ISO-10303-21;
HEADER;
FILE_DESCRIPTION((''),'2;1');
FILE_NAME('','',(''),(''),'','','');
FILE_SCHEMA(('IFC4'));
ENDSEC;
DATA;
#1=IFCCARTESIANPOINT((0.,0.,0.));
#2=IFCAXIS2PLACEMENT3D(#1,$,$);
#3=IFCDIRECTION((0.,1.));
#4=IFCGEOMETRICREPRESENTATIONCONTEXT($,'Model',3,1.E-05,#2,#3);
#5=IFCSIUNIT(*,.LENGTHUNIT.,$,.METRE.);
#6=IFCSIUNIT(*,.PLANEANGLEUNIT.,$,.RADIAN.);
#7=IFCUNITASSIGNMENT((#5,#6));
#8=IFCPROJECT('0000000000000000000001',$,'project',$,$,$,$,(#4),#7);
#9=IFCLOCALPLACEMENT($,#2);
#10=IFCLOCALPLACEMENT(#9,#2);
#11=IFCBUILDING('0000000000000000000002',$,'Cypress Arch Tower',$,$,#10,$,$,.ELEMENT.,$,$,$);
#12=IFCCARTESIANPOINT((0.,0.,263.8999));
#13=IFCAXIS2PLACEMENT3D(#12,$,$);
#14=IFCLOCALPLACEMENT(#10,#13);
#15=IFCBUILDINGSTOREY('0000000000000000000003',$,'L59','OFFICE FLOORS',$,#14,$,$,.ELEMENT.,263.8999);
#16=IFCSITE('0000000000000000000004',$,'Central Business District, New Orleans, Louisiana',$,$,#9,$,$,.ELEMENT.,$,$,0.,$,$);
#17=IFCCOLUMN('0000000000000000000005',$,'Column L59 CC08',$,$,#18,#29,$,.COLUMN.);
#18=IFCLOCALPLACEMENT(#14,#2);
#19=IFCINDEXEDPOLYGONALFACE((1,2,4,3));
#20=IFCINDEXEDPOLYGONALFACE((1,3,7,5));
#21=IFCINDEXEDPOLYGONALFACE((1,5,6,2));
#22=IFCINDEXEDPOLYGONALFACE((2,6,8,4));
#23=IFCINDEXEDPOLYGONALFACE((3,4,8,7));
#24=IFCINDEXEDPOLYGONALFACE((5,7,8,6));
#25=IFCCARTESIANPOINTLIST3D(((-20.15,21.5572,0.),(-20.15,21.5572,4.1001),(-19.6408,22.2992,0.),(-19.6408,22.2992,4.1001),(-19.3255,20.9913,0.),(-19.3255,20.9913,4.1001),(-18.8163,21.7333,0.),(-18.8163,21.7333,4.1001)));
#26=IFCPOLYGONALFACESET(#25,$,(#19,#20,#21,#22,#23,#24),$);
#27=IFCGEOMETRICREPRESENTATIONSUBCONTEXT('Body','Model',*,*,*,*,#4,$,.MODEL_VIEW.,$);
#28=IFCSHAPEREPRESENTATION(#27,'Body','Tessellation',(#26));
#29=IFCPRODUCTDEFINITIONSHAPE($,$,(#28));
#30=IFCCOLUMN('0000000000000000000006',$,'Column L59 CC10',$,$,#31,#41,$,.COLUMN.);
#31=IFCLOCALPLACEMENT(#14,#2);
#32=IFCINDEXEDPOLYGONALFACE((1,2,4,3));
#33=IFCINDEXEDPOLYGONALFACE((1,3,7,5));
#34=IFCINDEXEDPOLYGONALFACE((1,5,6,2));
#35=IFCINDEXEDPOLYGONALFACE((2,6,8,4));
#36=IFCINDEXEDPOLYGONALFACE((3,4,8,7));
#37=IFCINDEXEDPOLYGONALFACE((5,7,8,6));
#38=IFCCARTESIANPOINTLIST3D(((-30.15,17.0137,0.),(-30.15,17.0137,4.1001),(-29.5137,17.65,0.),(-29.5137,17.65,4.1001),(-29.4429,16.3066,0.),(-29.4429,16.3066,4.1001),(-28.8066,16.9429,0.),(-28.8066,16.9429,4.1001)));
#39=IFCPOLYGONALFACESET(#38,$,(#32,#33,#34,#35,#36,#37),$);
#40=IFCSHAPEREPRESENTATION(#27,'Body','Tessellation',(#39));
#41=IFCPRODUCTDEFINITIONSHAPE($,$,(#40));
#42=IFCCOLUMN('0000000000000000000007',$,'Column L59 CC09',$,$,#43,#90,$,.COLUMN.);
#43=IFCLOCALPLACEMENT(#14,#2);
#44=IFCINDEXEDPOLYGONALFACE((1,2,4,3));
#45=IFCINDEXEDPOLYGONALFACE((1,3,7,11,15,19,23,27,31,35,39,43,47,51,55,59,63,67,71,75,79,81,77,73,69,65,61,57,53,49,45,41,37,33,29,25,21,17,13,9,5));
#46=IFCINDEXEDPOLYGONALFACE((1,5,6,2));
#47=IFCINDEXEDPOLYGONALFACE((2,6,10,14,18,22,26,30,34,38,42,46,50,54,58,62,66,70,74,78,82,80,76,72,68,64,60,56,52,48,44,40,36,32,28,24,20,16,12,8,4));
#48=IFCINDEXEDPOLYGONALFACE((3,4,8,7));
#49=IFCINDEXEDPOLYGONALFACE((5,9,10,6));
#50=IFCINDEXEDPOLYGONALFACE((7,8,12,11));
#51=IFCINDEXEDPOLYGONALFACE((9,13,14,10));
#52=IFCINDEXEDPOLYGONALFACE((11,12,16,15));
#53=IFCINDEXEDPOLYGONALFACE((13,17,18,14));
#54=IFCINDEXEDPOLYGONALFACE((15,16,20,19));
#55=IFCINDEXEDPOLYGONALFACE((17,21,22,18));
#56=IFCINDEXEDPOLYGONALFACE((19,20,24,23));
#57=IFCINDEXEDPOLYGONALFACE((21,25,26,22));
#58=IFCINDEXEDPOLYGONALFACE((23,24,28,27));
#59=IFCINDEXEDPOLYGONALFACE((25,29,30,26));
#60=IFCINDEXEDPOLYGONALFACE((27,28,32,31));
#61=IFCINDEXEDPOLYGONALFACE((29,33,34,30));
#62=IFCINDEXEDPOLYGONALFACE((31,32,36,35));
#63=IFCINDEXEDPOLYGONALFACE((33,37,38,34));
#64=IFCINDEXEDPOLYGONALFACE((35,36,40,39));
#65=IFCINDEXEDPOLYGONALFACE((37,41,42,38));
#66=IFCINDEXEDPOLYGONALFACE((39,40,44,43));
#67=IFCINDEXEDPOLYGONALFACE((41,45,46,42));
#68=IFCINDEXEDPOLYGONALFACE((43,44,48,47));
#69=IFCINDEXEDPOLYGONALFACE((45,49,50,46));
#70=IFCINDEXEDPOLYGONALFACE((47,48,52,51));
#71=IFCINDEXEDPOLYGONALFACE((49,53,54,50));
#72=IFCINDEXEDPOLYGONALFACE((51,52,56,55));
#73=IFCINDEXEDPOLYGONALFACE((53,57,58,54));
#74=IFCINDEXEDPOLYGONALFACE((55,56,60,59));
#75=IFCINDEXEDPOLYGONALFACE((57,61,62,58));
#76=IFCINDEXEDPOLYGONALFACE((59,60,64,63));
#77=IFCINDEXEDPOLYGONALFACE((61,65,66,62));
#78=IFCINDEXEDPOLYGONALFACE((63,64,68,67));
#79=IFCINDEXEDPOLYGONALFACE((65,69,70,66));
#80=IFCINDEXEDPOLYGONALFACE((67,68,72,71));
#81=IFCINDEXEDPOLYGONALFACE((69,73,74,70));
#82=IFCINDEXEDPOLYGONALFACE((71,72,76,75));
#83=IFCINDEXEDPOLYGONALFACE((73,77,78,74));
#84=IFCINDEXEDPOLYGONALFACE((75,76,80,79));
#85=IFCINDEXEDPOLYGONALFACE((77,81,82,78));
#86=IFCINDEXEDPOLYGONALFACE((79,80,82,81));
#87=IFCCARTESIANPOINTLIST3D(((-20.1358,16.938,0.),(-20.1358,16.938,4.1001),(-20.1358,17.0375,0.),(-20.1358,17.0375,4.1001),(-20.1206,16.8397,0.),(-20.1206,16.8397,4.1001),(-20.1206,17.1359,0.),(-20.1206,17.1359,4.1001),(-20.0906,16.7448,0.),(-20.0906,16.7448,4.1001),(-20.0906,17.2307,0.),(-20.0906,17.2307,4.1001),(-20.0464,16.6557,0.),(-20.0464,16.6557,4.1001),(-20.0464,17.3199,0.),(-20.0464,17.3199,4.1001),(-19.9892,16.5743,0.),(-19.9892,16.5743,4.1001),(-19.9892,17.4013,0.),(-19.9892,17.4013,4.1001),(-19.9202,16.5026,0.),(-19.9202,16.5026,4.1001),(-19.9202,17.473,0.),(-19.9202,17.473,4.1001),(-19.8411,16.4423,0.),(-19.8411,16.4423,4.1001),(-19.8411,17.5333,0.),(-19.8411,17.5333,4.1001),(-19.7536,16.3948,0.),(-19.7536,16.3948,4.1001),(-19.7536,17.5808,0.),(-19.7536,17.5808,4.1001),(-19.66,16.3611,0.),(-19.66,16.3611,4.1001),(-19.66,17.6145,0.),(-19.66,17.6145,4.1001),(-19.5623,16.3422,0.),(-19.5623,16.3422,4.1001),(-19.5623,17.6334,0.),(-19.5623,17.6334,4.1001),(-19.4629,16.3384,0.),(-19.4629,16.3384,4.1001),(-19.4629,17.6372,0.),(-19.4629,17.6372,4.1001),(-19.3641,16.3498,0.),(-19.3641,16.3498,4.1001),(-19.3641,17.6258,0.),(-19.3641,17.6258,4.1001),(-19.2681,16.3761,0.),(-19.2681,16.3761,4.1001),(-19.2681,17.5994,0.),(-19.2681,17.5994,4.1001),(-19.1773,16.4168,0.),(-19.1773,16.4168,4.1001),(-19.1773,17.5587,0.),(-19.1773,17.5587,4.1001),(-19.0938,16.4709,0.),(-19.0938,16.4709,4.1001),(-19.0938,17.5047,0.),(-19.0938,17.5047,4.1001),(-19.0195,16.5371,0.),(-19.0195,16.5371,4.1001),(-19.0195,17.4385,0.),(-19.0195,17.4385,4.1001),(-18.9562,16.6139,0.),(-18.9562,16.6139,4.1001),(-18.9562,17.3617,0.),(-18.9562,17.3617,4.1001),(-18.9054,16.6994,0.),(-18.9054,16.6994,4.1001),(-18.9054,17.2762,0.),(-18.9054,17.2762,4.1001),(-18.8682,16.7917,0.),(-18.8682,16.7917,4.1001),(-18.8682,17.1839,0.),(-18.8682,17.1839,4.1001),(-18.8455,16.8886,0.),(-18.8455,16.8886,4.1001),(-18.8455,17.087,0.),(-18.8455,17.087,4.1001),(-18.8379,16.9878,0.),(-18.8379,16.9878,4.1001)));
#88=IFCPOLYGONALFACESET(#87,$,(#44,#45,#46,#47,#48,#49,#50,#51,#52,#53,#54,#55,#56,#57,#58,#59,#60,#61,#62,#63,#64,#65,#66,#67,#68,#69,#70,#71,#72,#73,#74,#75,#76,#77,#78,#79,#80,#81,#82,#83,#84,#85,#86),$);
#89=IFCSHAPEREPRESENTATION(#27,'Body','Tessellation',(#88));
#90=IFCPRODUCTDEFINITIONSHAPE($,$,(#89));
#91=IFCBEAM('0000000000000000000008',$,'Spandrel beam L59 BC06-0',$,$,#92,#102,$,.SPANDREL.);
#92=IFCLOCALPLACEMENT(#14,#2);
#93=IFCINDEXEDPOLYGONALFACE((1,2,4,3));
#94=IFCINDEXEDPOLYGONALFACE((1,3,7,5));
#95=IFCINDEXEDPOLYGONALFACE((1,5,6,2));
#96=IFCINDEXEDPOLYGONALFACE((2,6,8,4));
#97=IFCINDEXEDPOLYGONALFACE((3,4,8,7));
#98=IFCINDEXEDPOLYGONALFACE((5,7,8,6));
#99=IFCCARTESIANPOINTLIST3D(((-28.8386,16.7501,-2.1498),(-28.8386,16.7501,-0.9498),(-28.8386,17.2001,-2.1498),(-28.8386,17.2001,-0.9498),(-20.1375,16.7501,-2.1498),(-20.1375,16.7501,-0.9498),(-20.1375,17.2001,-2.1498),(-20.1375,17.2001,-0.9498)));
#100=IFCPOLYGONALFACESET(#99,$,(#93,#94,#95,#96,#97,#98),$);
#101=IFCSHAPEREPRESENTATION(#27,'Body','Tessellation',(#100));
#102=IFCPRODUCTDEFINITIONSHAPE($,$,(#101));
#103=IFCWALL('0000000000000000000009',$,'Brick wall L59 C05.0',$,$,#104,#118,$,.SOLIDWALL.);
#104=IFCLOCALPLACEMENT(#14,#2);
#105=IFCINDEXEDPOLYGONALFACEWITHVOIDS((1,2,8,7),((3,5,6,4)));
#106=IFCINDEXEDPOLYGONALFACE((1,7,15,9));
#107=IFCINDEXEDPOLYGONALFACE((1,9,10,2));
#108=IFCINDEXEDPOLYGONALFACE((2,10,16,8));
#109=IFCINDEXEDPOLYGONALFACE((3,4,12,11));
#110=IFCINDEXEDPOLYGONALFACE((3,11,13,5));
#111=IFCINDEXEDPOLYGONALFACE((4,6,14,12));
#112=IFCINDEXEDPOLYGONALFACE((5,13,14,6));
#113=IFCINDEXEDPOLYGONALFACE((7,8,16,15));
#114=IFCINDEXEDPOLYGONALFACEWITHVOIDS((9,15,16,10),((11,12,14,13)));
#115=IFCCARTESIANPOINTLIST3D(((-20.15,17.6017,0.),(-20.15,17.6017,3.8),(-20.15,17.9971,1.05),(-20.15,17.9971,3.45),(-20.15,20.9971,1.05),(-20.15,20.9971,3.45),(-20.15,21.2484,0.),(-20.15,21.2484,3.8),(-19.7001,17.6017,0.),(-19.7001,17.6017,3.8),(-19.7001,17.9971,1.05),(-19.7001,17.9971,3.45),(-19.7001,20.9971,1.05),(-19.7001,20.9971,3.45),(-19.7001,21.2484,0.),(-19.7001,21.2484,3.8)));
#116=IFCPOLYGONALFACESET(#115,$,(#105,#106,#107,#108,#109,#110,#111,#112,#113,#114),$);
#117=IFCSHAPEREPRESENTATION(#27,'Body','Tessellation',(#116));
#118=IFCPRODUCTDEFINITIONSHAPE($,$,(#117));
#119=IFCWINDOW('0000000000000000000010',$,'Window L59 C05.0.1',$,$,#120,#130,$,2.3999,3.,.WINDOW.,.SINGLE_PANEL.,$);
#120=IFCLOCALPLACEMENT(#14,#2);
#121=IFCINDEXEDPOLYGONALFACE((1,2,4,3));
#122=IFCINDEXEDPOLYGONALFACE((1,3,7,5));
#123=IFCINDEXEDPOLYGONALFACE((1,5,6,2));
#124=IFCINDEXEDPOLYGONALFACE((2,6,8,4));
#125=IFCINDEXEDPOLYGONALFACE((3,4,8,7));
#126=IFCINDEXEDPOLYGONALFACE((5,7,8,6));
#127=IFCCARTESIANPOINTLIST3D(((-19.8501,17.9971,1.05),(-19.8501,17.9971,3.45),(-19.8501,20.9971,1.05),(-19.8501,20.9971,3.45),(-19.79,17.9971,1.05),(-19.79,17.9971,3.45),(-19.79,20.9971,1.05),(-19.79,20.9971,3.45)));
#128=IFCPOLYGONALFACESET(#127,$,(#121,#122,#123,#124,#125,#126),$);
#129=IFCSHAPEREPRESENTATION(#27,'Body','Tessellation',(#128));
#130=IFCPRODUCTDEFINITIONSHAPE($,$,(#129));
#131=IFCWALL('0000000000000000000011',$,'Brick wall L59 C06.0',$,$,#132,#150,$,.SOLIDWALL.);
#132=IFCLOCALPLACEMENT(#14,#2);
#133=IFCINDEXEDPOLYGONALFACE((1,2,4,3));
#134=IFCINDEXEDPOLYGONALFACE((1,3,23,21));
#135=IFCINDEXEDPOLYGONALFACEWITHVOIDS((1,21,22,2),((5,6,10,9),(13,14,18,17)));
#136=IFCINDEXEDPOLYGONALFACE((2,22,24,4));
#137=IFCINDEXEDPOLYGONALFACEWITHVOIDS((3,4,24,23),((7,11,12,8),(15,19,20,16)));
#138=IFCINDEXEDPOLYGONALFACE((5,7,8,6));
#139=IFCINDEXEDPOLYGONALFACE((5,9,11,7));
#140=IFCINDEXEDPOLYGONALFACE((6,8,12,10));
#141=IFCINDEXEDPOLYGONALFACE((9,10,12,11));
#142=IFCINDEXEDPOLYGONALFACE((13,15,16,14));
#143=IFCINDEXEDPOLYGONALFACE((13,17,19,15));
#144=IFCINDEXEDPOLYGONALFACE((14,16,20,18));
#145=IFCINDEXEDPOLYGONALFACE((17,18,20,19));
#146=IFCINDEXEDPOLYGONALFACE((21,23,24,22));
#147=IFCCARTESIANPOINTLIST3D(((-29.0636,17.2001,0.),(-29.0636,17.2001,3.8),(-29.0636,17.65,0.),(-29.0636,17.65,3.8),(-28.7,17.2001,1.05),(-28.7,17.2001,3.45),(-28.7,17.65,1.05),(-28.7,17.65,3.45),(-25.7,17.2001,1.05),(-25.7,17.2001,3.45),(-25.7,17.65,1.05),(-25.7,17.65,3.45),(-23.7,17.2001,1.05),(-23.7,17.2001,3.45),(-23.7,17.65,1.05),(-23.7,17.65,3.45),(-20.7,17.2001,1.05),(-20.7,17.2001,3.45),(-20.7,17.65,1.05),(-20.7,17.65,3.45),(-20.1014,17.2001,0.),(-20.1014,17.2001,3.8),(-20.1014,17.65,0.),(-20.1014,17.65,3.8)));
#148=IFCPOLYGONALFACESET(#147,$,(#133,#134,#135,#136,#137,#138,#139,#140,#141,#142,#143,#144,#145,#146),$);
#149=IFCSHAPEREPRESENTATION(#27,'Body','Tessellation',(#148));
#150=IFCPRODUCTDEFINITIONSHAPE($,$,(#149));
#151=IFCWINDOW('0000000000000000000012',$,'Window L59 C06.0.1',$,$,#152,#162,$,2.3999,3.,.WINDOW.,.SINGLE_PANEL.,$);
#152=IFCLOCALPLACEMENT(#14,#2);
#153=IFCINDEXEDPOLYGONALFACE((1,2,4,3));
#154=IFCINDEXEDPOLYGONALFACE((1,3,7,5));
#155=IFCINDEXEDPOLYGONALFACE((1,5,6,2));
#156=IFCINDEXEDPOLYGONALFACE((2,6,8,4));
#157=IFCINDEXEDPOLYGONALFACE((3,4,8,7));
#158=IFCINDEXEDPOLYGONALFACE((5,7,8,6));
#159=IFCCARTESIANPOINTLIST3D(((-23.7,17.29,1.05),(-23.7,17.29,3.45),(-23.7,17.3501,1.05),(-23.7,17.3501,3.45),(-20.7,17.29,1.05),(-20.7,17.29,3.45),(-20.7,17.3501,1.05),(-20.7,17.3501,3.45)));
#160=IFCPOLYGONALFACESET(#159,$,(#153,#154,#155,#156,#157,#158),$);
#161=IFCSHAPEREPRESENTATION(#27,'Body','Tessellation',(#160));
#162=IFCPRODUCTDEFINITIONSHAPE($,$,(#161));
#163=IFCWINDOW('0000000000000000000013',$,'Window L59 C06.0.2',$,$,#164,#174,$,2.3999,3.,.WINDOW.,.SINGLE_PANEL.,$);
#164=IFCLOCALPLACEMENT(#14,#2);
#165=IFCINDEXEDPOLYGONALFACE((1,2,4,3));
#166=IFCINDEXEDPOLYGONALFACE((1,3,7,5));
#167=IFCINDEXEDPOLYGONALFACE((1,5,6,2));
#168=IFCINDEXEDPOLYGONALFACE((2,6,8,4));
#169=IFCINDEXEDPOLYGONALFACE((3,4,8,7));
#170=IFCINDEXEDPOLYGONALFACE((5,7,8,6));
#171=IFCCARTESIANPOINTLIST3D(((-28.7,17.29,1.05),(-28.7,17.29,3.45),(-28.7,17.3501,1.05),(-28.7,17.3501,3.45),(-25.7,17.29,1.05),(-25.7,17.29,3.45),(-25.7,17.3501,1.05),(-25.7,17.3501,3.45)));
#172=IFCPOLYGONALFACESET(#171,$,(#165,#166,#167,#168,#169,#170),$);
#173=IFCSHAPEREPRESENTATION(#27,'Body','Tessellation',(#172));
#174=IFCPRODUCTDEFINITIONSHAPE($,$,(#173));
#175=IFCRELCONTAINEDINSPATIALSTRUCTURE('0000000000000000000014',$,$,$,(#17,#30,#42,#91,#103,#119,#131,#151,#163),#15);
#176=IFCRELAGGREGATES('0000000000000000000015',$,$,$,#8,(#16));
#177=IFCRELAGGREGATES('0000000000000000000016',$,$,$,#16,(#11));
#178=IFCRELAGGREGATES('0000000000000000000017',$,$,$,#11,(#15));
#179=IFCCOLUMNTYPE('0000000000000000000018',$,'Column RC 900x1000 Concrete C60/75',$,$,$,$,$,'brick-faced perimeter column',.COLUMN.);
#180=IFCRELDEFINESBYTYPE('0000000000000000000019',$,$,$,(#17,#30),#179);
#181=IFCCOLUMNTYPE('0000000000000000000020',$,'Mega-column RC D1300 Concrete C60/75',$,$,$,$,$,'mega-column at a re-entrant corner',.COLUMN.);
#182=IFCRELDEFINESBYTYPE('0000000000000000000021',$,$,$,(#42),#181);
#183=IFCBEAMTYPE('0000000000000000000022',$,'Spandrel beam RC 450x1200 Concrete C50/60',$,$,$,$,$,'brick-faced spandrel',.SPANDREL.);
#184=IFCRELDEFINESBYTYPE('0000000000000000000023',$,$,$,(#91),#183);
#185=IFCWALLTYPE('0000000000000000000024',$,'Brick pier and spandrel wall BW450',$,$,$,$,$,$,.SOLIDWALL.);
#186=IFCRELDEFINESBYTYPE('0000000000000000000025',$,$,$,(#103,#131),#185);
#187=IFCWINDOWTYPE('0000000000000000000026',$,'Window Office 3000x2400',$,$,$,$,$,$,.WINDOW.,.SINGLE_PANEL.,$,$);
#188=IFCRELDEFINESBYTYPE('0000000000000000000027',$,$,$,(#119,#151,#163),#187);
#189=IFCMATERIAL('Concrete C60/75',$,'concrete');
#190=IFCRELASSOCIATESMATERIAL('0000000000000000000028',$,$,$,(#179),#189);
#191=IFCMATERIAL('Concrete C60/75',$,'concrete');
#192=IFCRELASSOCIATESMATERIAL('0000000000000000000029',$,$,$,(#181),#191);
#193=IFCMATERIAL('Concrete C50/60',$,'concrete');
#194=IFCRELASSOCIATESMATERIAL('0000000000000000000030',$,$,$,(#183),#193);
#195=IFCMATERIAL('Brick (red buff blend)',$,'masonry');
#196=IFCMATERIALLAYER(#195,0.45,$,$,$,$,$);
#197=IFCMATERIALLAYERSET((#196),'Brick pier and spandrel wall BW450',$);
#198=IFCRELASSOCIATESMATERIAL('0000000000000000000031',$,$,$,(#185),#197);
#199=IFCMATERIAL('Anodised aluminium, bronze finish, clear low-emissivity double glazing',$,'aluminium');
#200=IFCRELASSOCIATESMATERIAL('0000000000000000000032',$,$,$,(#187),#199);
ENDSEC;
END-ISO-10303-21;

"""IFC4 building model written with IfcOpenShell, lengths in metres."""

from ifc_helpers import new_model, si_unit, direction, frame, frame_2d, origin, origin_2d, place, context, subcontext, project, spatial, rectangle, circle, extrude, material, layer, layer_set, material_profile, profile_set, type_object, element, fill, save


model = new_model("IFC4")

# Units and contexts
model_context = context("Model", 3, precision=1e-05, world=origin(), true_north=direction((0.0, 1.0)))
body_context = subcontext(model_context, "Body", "Model", "MODEL_VIEW")
ifc_project = project(units=[si_unit("LENGTHUNIT", "METRE"), si_unit("PLANEANGLEUNIT", "RADIAN")], contexts=[model_context])

# Site, building, storey
site_placement = place(None, origin())
site = spatial("IfcSite", under=ifc_project, at=site_placement, Name="Central Business District, New Orleans, Louisiana", CompositionType="ELEMENT", RefElevation=0.0)
building_placement = place(site_placement, origin())
building = spatial("IfcBuilding", under=site, at=building_placement, Name="Cypress Arch Tower", CompositionType="ELEMENT")
storey_placement = place(building_placement, frame((0.0, 0.0, 263.8999)))
storey = spatial("IfcBuildingStorey", under=building, at=storey_placement, Name="L59", Description="OFFICE FLOORS", CompositionType="ELEMENT", Elevation=263.8999)

# Columns
ifc_material_1 = material(Name="Concrete C60/75", Category="concrete")
ifc_material_profile_1 = material_profile(ifc_material_1, rectangle(XDim=0.8999, YDim=1.0, at=origin_2d()), Name="RC 900x1000")
ifc_profile_set_1 = profile_set([ifc_material_profile_1], Name="Concrete C60/75")
column_type_1 = type_object("IfcColumnType", Name="Column RC 900x1000 Concrete C60/75", ElementType="brick-faced perimeter column", PredefinedType="COLUMN", material=ifc_profile_set_1)
for number, where, z_axis, x_axis, name in (
    (1, (-19.4832, 21.6453, 0.0), (0.0, 0.0, 1.0), (-0.565893, -0.824479, 0.0), "Column L59 CC08"),
    (2, (-29.4783, 16.9783, 0.0), (0.0, 0.0, 1.0), (-0.707107, -0.707107, 0.0), "Column L59 CC10"),
):
    element("IfcColumn", number, at=place(storey_placement, frame(where, z_axis=z_axis, x_axis=x_axis)), inside=storey, type_object=column_type_1, Name=name, PredefinedType="COLUMN", context=body_context, shape_type="SweptSolid", body=[
        extrude(rectangle(XDim=0.8999, YDim=1.0, at=origin_2d()), origin(), (0.0, 0.0, 1.0), 4.1001),
    ])
ifc_material_2 = material(Name="Concrete C60/75", Category="concrete")
ifc_material_profile_2 = material_profile(ifc_material_2, circle(Radius=0.6499, at=origin_2d()), Name="RC D1300")
ifc_profile_set_2 = profile_set([ifc_material_profile_2], Name="Concrete C60/75")
column_type_2 = type_object("IfcColumnType", Name="Mega-column RC D1300 Concrete C60/75", ElementType="mega-column at a re-entrant corner", PredefinedType="COLUMN", material=ifc_profile_set_2)
column_placement = place(storey_placement, frame((-19.4878, 16.9878, 0.0), z_axis=(0.0, 0.0, 1.0), x_axis=(1.0, 0.0, 0.0)))
element("IfcColumn", 3, at=column_placement, inside=storey, type_object=column_type_2, Name="Column L59 CC09", PredefinedType="COLUMN", context=body_context, shape_type="SweptSolid", body=[
    extrude(circle(Radius=0.6499, at=origin_2d()), origin(), (0.0, 0.0, 1.0), 4.1001),
])

# Beam
ifc_material_3 = material(Name="Concrete C50/60", Category="concrete")
ifc_material_profile_3 = material_profile(ifc_material_3, rectangle(XDim=0.45, YDim=1.2, at=origin_2d()), Name="RC 450x1200")
ifc_profile_set_3 = profile_set([ifc_material_profile_3], Name="Concrete C50/60")
beam_type = type_object("IfcBeamType", Name="Spandrel beam RC 450x1200 Concrete C50/60", ElementType="brick-faced spandrel", PredefinedType="SPANDREL", material=ifc_profile_set_3)
beam_placement = place(storey_placement, frame((-20.1375, 16.9751, -1.5498), z_axis=(-1.0, 0.0, 0.0), x_axis=(0.0, -1.0, 0.0)))
element("IfcBeam", 4, at=beam_placement, inside=storey, type_object=beam_type, Name="Spandrel beam L59 BC06-0", PredefinedType="SPANDREL", context=body_context, shape_type="SweptSolid", body=[
    extrude(rectangle(XDim=0.45, YDim=1.2, at=origin_2d()), origin(), (0.0, 0.0, 1.0), 8.7012),
])

# Wall, opening, window
ifc_material_4 = material(Name="Brick (red buff blend)", Category="masonry")
ifc_layer_1 = layer(ifc_material_4, 0.45)
ifc_layer_set_1 = layer_set([ifc_layer_1], Name="Brick pier and spandrel wall BW450")
wall_type_1 = type_object("IfcWallType", Name="Brick pier and spandrel wall BW450", PredefinedType="SOLIDWALL", material=ifc_layer_set_1)
wall_1_placement = place(storey_placement, frame((-19.925, 21.2483, 0.0), z_axis=(0.0, 0.0, 1.0), x_axis=(0.0, -1.0, 0.0)))
wall_1 = element("IfcWall", 5, at=wall_1_placement, inside=storey, type_object=wall_type_1, Name="Brick wall L59 C05.0", PredefinedType="SOLIDWALL", context=body_context, shape_type="SweptSolid", body=[
    extrude(rectangle(XDim=3.6467, YDim=0.45, at=frame_2d((1.8232, 0.0))), origin(), (0.0, 0.0, 1.0), 3.8),
])
opening_1_placement = place(wall_1_placement, frame((0.2512, 0.0, 1.05)))
opening_1 = element("IfcOpeningElement", 6, at=opening_1_placement, cuts=wall_1, PredefinedType="OPENING", context=body_context, shape_type="SweptSolid", body=[
    extrude(rectangle(XDim=3.0, YDim=2.3999, at=frame_2d((1.5, 1.2))), frame((0.0, 0.2349, 0.0), z_axis=(0.0, -1.0, 0.0), x_axis=(1.0, 0.0, 0.0)), (0.0, 0.0, 1.0), 0.47),
])
ifc_material_5 = material(Name="Anodised aluminium, bronze finish, clear low-emissivity double glazing", Category="aluminium")
window_type = type_object("IfcWindowType", Name="Window Office 3000x2400", PartitioningType="SINGLE_PANEL", PredefinedType="WINDOW", material=ifc_material_5)
window_1_placement = place(opening_1_placement, origin())
window_1 = element("IfcWindow", 7, at=window_1_placement, inside=storey, type_object=window_type, Name="Window L59 C05.0.1", OverallHeight=2.3999, OverallWidth=3.0, PartitioningType="SINGLE_PANEL", PredefinedType="WINDOW", context=body_context, shape_type="SweptSolid", body=[
    extrude(rectangle(XDim=3.0, YDim=2.3999, at=frame_2d((1.5, 1.2))), frame((0.0, 0.135, 0.0), z_axis=(0.0, -1.0, 0.0), x_axis=(1.0, 0.0, 0.0)), (0.0, 0.0, 1.0), 0.0601),
])
fill(opening_1, window_1)

# Wall, openings, windows
wall_2_placement = place(storey_placement, frame((-20.1016, 17.425, 0.0), z_axis=(0.0, 0.0, 1.0), x_axis=(-1.0, 0.0, 0.0)))
wall_2 = element("IfcWall", 8, at=wall_2_placement, inside=storey, type_object=wall_type_1, Name="Brick wall L59 C06.0", PredefinedType="SOLIDWALL", context=body_context, shape_type="SweptSolid", body=[
    extrude(rectangle(XDim=8.9622, YDim=0.45, at=frame_2d((4.481, 0.0))), origin(), (0.0, 0.0, 1.0), 3.8),
])
opening_2_placement = place(wall_2_placement, frame((0.5984, 0.0, 1.05)))
opening_2 = element("IfcOpeningElement", 9, at=opening_2_placement, cuts=wall_2, PredefinedType="OPENING", context=body_context, shape_type="SweptSolid", body=[
    extrude(rectangle(XDim=3.0, YDim=2.3999, at=frame_2d((1.5, 1.2))), frame((0.0, 0.2349, 0.0), z_axis=(0.0, -1.0, 0.0), x_axis=(1.0, 0.0, 0.0)), (0.0, 0.0, 1.0), 0.47),
])
opening_3_placement = place(wall_2_placement, frame((5.5984, 0.0, 1.05)))
opening_3 = element("IfcOpeningElement", 10, at=opening_3_placement, cuts=wall_2, PredefinedType="OPENING", context=body_context, shape_type="SweptSolid", body=[
    extrude(rectangle(XDim=3.0, YDim=2.3999, at=frame_2d((1.5, 1.2))), frame((0.0, 0.2349, 0.0), z_axis=(0.0, -1.0, 0.0), x_axis=(1.0, 0.0, 0.0)), (0.0, 0.0, 1.0), 0.47),
])
window_2_placement = place(opening_2_placement, origin())
window_2 = element("IfcWindow", 11, at=window_2_placement, inside=storey, type_object=window_type, Name="Window L59 C06.0.1", OverallHeight=2.3999, OverallWidth=3.0, PartitioningType="SINGLE_PANEL", PredefinedType="WINDOW", context=body_context, shape_type="SweptSolid", body=[
    extrude(rectangle(XDim=3.0, YDim=2.3999, at=frame_2d((1.5, 1.2))), frame((0.0, 0.135, 0.0), z_axis=(0.0, -1.0, 0.0), x_axis=(1.0, 0.0, 0.0)), (0.0, 0.0, 1.0), 0.0601),
])
fill(opening_2, window_2)
window_3_placement = place(opening_3_placement, origin())
window_3 = element("IfcWindow", 12, at=window_3_placement, inside=storey, type_object=window_type, Name="Window L59 C06.0.2", OverallHeight=2.3999, OverallWidth=3.0, PartitioningType="SINGLE_PANEL", PredefinedType="WINDOW", context=body_context, shape_type="SweptSolid", body=[
    extrude(rectangle(XDim=3.0, YDim=2.3999, at=frame_2d((1.5, 1.2))), frame((0.0, 0.135, 0.0), z_axis=(0.0, -1.0, 0.0), x_axis=(1.0, 0.0, 0.0)), (0.0, 0.0, 1.0), 0.0601),
])
fill(opening_3, window_3)

save(model, "model.ifc")
